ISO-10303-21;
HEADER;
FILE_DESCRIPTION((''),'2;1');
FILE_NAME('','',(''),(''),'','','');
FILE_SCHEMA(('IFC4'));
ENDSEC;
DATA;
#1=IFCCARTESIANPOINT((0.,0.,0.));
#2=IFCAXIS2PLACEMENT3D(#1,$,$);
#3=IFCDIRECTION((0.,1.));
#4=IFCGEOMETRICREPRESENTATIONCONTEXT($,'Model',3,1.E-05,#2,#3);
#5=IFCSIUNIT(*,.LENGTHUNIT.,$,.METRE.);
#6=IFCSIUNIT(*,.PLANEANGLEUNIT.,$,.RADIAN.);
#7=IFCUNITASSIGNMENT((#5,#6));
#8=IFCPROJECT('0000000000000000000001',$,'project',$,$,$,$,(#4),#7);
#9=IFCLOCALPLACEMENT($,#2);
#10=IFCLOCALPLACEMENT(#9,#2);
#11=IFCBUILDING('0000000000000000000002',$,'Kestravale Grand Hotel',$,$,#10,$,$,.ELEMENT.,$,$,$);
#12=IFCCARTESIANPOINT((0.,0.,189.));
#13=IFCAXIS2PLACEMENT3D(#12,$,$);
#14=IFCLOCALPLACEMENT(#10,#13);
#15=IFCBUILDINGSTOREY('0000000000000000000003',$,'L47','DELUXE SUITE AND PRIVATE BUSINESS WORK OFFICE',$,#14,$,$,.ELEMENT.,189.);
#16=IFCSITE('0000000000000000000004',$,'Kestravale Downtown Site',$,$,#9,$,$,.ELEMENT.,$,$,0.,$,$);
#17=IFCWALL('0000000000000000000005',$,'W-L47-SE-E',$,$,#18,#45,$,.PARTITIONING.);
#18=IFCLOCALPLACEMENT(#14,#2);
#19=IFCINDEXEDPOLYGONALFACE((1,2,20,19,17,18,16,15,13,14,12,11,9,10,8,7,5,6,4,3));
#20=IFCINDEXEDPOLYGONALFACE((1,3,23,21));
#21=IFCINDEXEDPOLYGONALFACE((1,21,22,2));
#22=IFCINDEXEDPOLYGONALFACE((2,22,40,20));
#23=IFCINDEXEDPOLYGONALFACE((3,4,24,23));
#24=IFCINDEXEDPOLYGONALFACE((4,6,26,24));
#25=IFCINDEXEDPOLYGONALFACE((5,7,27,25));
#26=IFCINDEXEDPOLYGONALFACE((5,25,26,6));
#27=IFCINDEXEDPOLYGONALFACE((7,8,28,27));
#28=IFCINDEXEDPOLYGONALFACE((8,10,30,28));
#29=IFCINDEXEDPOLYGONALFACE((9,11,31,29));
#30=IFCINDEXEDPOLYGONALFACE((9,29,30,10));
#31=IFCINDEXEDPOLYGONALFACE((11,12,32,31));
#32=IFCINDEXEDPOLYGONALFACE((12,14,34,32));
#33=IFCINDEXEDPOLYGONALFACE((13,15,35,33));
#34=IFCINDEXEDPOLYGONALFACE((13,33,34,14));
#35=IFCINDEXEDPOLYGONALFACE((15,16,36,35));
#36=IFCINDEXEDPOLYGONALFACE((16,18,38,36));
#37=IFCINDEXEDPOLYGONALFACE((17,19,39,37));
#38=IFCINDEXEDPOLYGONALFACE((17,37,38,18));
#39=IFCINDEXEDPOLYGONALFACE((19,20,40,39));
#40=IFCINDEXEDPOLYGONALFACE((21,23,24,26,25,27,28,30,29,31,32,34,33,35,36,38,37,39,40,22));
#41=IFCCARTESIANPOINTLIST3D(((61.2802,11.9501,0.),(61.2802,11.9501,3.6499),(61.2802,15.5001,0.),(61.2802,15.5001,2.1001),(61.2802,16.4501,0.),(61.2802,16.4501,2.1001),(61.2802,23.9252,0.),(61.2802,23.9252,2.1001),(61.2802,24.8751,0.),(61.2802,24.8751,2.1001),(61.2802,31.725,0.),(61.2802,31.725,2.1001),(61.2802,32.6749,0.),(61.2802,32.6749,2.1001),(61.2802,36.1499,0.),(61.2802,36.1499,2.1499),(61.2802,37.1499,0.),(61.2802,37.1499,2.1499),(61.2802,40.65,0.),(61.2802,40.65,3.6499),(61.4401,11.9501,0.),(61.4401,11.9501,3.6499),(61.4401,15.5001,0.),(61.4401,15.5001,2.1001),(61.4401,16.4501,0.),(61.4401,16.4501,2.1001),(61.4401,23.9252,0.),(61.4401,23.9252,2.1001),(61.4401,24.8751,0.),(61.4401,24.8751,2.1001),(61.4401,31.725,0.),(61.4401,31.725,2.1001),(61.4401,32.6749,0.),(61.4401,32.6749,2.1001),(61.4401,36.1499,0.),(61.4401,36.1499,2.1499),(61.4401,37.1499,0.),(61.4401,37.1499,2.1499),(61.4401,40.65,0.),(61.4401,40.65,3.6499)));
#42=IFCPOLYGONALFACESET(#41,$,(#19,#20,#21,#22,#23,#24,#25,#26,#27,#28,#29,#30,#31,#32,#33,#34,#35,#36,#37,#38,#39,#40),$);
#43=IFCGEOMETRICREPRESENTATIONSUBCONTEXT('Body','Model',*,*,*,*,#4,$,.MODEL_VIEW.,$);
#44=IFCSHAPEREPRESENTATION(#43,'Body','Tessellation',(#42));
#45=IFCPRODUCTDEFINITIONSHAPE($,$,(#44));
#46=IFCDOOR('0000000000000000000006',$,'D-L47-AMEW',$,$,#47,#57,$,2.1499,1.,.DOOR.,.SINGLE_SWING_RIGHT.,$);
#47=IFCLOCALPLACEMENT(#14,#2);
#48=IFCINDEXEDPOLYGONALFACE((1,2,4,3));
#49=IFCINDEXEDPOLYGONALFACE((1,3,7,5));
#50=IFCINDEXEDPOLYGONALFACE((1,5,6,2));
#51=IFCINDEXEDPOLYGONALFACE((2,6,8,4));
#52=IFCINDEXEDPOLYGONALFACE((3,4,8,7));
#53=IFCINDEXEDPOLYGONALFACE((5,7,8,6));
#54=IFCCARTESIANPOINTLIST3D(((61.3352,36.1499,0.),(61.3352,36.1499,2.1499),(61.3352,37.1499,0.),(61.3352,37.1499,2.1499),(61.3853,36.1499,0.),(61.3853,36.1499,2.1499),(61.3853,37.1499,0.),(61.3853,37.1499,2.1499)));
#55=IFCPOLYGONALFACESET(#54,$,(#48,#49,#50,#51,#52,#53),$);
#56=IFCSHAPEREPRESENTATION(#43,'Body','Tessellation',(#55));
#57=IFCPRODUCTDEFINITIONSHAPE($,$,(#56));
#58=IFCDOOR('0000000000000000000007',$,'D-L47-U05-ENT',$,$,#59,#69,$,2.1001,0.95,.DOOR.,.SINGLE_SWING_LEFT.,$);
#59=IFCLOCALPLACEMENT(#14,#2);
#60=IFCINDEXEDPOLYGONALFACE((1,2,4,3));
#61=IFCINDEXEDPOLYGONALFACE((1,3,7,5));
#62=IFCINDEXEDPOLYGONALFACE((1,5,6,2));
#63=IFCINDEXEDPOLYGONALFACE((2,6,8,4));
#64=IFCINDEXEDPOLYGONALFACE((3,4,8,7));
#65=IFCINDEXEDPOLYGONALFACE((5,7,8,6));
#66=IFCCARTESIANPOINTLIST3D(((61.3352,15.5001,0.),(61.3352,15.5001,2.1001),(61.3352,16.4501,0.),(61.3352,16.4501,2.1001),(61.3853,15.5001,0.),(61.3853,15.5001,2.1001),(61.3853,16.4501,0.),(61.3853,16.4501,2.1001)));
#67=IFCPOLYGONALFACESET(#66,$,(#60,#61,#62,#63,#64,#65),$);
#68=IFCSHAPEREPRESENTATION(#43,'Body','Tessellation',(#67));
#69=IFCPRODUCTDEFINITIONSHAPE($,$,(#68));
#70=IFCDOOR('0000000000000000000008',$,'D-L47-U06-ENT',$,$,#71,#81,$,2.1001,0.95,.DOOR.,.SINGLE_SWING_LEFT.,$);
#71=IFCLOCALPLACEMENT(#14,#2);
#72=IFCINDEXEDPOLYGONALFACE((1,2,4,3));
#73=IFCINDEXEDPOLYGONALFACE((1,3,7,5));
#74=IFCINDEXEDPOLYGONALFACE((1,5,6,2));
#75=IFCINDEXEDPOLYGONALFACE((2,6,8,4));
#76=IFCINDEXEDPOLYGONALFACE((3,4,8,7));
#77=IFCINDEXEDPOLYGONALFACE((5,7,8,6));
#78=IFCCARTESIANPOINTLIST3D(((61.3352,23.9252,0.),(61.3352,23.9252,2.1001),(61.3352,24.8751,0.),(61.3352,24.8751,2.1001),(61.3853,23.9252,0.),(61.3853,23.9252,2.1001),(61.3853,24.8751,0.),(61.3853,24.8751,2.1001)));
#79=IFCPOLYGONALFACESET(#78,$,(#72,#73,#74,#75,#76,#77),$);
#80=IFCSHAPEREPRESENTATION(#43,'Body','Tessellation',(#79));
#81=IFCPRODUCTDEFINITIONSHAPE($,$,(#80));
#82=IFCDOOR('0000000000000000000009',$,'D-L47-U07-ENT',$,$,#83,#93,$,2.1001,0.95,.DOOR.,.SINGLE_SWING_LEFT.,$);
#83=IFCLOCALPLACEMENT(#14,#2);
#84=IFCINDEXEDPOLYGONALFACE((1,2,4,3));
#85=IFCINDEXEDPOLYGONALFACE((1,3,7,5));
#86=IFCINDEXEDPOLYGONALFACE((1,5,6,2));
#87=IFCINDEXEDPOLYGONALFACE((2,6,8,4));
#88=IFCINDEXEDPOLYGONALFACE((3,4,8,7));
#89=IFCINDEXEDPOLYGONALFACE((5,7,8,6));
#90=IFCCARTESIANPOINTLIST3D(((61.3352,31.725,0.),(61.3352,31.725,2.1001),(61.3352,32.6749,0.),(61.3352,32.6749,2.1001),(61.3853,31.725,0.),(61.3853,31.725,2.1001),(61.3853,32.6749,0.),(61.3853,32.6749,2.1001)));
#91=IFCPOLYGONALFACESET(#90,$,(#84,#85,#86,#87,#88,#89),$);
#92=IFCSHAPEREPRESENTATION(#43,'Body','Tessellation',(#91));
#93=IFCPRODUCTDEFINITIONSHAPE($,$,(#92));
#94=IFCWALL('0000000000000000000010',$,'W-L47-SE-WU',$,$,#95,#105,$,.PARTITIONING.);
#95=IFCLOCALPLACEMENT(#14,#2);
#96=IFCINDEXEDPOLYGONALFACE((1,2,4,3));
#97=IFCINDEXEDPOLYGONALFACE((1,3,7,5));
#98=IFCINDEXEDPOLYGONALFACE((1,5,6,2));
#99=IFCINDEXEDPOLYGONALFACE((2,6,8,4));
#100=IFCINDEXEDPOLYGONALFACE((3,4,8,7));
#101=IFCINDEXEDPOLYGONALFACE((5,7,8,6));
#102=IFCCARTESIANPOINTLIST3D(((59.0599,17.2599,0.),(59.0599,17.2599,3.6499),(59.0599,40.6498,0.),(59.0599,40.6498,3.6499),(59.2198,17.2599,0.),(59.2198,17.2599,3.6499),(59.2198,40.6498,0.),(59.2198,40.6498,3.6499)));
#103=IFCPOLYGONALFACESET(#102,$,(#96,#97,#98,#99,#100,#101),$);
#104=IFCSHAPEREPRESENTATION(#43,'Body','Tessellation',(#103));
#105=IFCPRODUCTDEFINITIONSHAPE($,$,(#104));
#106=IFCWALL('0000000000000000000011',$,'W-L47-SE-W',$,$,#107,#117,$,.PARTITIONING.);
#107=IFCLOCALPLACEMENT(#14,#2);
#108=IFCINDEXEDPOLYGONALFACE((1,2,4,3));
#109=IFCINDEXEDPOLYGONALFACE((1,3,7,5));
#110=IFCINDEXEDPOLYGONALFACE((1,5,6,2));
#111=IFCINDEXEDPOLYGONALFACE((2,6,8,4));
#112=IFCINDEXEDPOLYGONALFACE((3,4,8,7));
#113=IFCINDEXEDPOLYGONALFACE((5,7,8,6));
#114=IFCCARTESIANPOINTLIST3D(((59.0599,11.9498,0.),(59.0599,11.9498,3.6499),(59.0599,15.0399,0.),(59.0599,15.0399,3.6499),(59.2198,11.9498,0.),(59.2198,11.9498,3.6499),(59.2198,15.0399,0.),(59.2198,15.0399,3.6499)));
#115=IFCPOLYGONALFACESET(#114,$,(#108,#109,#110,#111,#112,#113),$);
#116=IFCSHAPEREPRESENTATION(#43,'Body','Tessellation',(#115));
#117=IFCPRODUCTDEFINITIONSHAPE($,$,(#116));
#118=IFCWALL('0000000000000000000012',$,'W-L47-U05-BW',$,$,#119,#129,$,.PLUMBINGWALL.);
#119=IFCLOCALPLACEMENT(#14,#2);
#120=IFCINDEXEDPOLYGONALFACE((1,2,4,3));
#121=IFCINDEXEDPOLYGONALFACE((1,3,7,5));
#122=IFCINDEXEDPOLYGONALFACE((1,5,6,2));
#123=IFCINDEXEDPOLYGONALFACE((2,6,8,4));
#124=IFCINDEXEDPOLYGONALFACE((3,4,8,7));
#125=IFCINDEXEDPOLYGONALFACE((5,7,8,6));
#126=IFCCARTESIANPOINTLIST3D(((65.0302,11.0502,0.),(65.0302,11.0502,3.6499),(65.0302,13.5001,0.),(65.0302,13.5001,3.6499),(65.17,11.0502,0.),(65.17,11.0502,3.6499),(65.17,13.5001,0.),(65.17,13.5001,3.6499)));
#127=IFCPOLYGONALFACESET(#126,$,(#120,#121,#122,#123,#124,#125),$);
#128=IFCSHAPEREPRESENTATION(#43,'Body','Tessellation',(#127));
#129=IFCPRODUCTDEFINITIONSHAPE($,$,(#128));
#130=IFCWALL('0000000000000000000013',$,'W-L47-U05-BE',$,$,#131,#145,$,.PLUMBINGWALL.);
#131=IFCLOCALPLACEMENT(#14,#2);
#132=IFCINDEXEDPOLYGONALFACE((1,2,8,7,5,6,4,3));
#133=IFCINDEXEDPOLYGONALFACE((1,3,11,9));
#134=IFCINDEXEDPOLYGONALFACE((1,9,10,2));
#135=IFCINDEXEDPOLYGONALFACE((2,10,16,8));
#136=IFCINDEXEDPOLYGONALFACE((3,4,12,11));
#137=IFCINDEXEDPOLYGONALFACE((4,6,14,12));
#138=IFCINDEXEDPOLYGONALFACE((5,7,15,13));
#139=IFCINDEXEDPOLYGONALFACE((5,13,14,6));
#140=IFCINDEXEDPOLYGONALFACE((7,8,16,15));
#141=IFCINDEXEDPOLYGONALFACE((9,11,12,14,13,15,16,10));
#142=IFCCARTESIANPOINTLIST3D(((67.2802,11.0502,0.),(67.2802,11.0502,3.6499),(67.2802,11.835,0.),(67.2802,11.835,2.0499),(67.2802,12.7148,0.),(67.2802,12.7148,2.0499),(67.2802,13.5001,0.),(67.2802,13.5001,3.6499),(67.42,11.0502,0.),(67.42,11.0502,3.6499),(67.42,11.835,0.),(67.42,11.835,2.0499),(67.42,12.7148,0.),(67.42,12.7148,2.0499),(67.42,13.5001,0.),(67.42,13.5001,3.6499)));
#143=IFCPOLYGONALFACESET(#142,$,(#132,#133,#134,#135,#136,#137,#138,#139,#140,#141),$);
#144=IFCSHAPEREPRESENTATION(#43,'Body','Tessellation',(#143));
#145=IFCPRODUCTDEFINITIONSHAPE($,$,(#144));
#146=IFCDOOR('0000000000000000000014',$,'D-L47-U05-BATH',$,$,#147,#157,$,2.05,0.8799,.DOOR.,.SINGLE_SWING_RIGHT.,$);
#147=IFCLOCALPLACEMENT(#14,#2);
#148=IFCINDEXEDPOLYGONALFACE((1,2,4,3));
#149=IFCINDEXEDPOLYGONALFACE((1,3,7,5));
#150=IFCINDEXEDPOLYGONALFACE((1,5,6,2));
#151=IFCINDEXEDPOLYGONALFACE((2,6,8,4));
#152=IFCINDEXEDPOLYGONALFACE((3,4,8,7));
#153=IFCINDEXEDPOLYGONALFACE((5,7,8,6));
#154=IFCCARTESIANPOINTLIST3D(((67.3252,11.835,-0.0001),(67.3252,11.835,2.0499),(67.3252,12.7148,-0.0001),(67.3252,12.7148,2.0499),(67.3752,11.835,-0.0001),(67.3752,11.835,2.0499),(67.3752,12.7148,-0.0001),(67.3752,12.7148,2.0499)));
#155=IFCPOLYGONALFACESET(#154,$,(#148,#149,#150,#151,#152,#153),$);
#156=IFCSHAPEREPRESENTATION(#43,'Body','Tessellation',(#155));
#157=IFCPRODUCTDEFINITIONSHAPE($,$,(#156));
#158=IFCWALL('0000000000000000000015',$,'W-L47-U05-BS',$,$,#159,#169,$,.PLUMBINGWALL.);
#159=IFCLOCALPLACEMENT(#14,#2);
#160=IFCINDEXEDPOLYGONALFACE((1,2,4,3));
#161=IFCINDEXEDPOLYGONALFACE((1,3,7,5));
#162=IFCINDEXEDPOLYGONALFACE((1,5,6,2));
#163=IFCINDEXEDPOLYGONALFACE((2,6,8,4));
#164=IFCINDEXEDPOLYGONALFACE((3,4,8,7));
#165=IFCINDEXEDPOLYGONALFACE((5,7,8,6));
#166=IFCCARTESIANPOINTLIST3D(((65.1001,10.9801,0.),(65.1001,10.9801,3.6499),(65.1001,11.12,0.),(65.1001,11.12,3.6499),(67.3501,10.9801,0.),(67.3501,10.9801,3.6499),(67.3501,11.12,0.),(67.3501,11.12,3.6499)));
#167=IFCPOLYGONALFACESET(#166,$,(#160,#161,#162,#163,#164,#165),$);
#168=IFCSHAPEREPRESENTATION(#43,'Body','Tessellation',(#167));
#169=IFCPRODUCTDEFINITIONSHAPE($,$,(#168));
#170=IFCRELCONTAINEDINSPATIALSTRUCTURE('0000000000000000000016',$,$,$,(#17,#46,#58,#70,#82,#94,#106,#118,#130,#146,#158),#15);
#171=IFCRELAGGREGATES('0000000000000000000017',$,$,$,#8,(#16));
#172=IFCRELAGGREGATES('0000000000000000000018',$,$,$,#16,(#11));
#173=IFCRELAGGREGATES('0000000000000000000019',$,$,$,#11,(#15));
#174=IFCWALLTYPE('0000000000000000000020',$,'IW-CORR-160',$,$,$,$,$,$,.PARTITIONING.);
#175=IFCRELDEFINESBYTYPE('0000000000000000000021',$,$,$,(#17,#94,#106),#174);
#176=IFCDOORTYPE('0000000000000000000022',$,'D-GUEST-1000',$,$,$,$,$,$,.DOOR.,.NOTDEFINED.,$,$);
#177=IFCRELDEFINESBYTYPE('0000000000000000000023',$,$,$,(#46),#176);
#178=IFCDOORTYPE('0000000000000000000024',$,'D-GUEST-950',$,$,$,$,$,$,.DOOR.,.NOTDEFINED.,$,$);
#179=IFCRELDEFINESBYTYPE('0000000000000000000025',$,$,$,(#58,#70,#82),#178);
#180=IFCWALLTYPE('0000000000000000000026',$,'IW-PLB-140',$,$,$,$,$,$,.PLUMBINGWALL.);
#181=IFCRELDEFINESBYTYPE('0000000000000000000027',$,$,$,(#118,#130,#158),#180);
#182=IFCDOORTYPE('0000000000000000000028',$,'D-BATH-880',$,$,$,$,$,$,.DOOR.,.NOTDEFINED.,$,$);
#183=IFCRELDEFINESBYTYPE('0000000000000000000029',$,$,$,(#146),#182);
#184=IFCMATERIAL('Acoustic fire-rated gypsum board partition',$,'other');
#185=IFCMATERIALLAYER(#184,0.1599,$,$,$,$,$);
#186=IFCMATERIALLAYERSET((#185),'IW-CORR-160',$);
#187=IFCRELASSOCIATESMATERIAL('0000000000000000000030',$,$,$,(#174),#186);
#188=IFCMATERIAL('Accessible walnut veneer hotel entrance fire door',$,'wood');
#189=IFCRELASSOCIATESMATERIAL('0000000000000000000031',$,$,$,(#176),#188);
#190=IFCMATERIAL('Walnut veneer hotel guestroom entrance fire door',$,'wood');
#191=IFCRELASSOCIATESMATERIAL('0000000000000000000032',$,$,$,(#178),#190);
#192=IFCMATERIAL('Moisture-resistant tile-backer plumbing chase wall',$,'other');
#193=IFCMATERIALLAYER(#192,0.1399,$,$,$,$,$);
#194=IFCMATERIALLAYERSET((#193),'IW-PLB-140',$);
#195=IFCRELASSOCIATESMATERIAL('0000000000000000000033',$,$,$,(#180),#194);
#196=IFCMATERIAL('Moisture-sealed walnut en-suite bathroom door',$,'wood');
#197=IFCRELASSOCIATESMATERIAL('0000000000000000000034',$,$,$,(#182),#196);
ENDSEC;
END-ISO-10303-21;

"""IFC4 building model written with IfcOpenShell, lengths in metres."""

from ifc_helpers import new_model, si_unit, direction, frame, frame_2d, origin, place, context, subcontext, project, spatial, rectangle, extrude, material, layer, layer_set, type_object, element, fill, save


model = new_model("IFC4")

# Units and contexts
model_context = context("Model", 3, precision=1e-05, world=origin(), true_north=direction((0.0, 1.0)))
body_context = subcontext(model_context, "Body", "Model", "MODEL_VIEW")
ifc_project = project(units=[si_unit("LENGTHUNIT", "METRE"), si_unit("PLANEANGLEUNIT", "RADIAN")], contexts=[model_context])

# Site, building, storey
site_placement = place(None, origin())
site = spatial("IfcSite", under=ifc_project, at=site_placement, Name="Kestravale Downtown Site", CompositionType="ELEMENT", RefElevation=0.0)
building_placement = place(site_placement, origin())
building = spatial("IfcBuilding", under=site, at=building_placement, Name="Kestravale Grand Hotel", CompositionType="ELEMENT")
storey_placement = place(building_placement, frame((0.0, 0.0, 189.0)))
storey = spatial("IfcBuildingStorey", under=building, at=storey_placement, Name="L47", Description="DELUXE SUITE AND PRIVATE BUSINESS WORK OFFICE", CompositionType="ELEMENT", Elevation=189.0)

# Wall, openings, doors
ifc_material_1 = material(Name="Acoustic fire-rated gypsum board partition", Category="other")
ifc_layer_1 = layer(ifc_material_1, 0.1599)
ifc_layer_set_1 = layer_set([ifc_layer_1], Name="IW-CORR-160")
wall_type_1 = type_object("IfcWallType", Name="IW-CORR-160", PredefinedType="PARTITIONING", material=ifc_layer_set_1)
wall_1_placement = place(storey_placement, frame((61.3601, 11.95, 0.0), z_axis=(0.0, 0.0, 1.0), x_axis=(0.0, 1.0, 0.0)))
wall_1 = element("IfcWall", 1, at=wall_1_placement, inside=storey, type_object=wall_type_1, Name="W-L47-SE-E", PredefinedType="PARTITIONING", context=body_context, shape_type="SweptSolid", body=[
    extrude(rectangle(XDim=28.7, YDim=0.1599, at=frame_2d((14.3501, 0.0))), origin(), (0.0, 0.0, 1.0), 3.6499),
])
opening_1_placement = place(wall_1_placement, frame((3.55, 0.0, 0.0)))
opening_1 = element("IfcOpeningElement", 2, at=opening_1_placement, cuts=wall_1, PredefinedType="OPENING", context=body_context, shape_type="SweptSolid", body=[
    extrude(rectangle(XDim=0.95, YDim=2.1001, at=frame_2d((0.4751, 1.05))), frame((0.0, 0.0898, 0.0), z_axis=(0.0, -1.0, 0.0), x_axis=(1.0, 0.0, 0.0)), (0.0, 0.0, 1.0), 0.1799),
])
opening_2_placement = place(wall_1_placement, frame((11.9751, 0.0, 0.0)))
opening_2 = element("IfcOpeningElement", 3, at=opening_2_placement, cuts=wall_1, PredefinedType="OPENING", context=body_context, shape_type="SweptSolid", body=[
    extrude(rectangle(XDim=0.95, YDim=2.1001, at=frame_2d((0.4751, 1.05))), frame((0.0, 0.0898, 0.0), z_axis=(0.0, -1.0, 0.0), x_axis=(1.0, 0.0, 0.0)), (0.0, 0.0, 1.0), 0.1799),
])
opening_3_placement = place(wall_1_placement, frame((19.7749, 0.0, 0.0)))
opening_3 = element("IfcOpeningElement", 4, at=opening_3_placement, cuts=wall_1, PredefinedType="OPENING", context=body_context, shape_type="SweptSolid", body=[
    extrude(rectangle(XDim=0.95, YDim=2.1001, at=frame_2d((0.4751, 1.05))), frame((0.0, 0.0898, 0.0), z_axis=(0.0, -1.0, 0.0), x_axis=(1.0, 0.0, 0.0)), (0.0, 0.0, 1.0), 0.1799),
])
opening_4_placement = place(wall_1_placement, frame((24.2, 0.0, 0.0)))
opening_4 = element("IfcOpeningElement", 5, at=opening_4_placement, cuts=wall_1, PredefinedType="OPENING", context=body_context, shape_type="SweptSolid", body=[
    extrude(rectangle(XDim=1.0, YDim=2.1499, at=frame_2d((0.5, 1.075))), frame((0.0, 0.0898, 0.0), z_axis=(0.0, -1.0, 0.0), x_axis=(1.0, 0.0, 0.0)), (0.0, 0.0, 1.0), 0.1799),
])
ifc_material_2 = material(Name="Accessible walnut veneer hotel entrance fire door", Category="wood")
door_type_1 = type_object("IfcDoorType", Name="D-GUEST-1000", OperationType="NOTDEFINED", PredefinedType="DOOR", material=ifc_material_2)
door_1_placement = place(opening_4_placement, origin())
door_1 = element("IfcDoor", 6, at=door_1_placement, inside=storey, type_object=door_type_1, Name="D-L47-AMEW", OperationType="SINGLE_SWING_RIGHT", OverallHeight=2.1499, OverallWidth=1.0, PredefinedType="DOOR", context=body_context, shape_type="SweptSolid", body=[
    extrude(rectangle(XDim=1.0, YDim=2.1499, at=frame_2d((0.5, 1.075))), frame((0.0, 0.0249, 0.0), z_axis=(0.0, -1.0, 0.0), x_axis=(1.0, 0.0, 0.0)), (0.0, 0.0, 1.0), 0.05),
])
fill(opening_4, door_1)
ifc_material_3 = material(Name="Walnut veneer hotel guestroom entrance fire door", Category="wood")
door_type_2 = type_object("IfcDoorType", Name="D-GUEST-950", OperationType="NOTDEFINED", PredefinedType="DOOR", material=ifc_material_3)
door_2_placement = place(opening_1_placement, origin())
door_2 = element("IfcDoor", 7, at=door_2_placement, inside=storey, type_object=door_type_2, Name="D-L47-U05-ENT", OperationType="SINGLE_SWING_LEFT", OverallHeight=2.1001, OverallWidth=0.95, PredefinedType="DOOR", context=body_context, shape_type="SweptSolid", body=[
    extrude(rectangle(XDim=0.95, YDim=2.1001, at=frame_2d((0.4751, 1.05))), frame((0.0, 0.0249, 0.0), z_axis=(0.0, -1.0, 0.0), x_axis=(1.0, 0.0, 0.0)), (0.0, 0.0, 1.0), 0.05),
])
fill(opening_1, door_2)
door_3_placement = place(opening_2_placement, origin())
door_3 = element("IfcDoor", 8, at=door_3_placement, inside=storey, type_object=door_type_2, Name="D-L47-U06-ENT", OperationType="SINGLE_SWING_LEFT", OverallHeight=2.1001, OverallWidth=0.95, PredefinedType="DOOR", context=body_context, shape_type="SweptSolid", body=[
    extrude(rectangle(XDim=0.95, YDim=2.1001, at=frame_2d((0.4751, 1.05))), frame((0.0, 0.0249, 0.0), z_axis=(0.0, -1.0, 0.0), x_axis=(1.0, 0.0, 0.0)), (0.0, 0.0, 1.0), 0.05),
])
fill(opening_2, door_3)
door_4_placement = place(opening_3_placement, origin())
door_4 = element("IfcDoor", 9, at=door_4_placement, inside=storey, type_object=door_type_2, Name="D-L47-U07-ENT", OperationType="SINGLE_SWING_LEFT", OverallHeight=2.1001, OverallWidth=0.95, PredefinedType="DOOR", context=body_context, shape_type="SweptSolid", body=[
    extrude(rectangle(XDim=0.95, YDim=2.1001, at=frame_2d((0.4751, 1.05))), frame((0.0, 0.0249, 0.0), z_axis=(0.0, -1.0, 0.0), x_axis=(1.0, 0.0, 0.0)), (0.0, 0.0, 1.0), 0.05),
])
fill(opening_3, door_4)

# Walls
wall_2_placement = place(storey_placement, frame((59.1399, 17.26, 0.0), z_axis=(0.0, 0.0, 1.0), x_axis=(0.0, 1.0, 0.0)))
element("IfcWall", 10, at=wall_2_placement, inside=storey, type_object=wall_type_1, Name="W-L47-SE-WU", PredefinedType="PARTITIONING", context=body_context, shape_type="SweptSolid", body=[
    extrude(rectangle(XDim=23.3899, YDim=0.1599, at=frame_2d((11.6948, 0.0))), origin(), (0.0, 0.0, 1.0), 3.6499),
])
wall_3_placement = place(storey_placement, frame((59.1399, 11.95, 0.0), z_axis=(0.0, 0.0, 1.0), x_axis=(0.0, 1.0, 0.0)))
element("IfcWall", 11, at=wall_3_placement, inside=storey, type_object=wall_type_1, Name="W-L47-SE-W", PredefinedType="PARTITIONING", context=body_context, shape_type="SweptSolid", body=[
    extrude(rectangle(XDim=3.0901, YDim=0.1599, at=frame_2d((1.5449, 0.0))), origin(), (0.0, 0.0, 1.0), 3.6499),
])
ifc_material_4 = material(Name="Moisture-resistant tile-backer plumbing chase wall", Category="other")
ifc_layer_2 = layer(ifc_material_4, 0.1399)
ifc_layer_set_2 = layer_set([ifc_layer_2], Name="IW-PLB-140")
wall_type_2 = type_object("IfcWallType", Name="IW-PLB-140", PredefinedType="PLUMBINGWALL", material=ifc_layer_set_2)
wall_4_placement = place(storey_placement, frame((65.1001, 11.05, 0.0), z_axis=(0.0, 0.0, 1.0), x_axis=(0.0, 1.0, 0.0)))
element("IfcWall", 12, at=wall_4_placement, inside=storey, type_object=wall_type_2, Name="W-L47-U05-BW", PredefinedType="PLUMBINGWALL", context=body_context, shape_type="SweptSolid", body=[
    extrude(rectangle(XDim=2.45, YDim=0.1399, at=frame_2d((1.2251, 0.0))), origin(), (0.0, 0.0, 1.0), 3.6499),
])

# Wall, opening, door
wall_5_placement = place(storey_placement, frame((67.3501, 11.05, 0.0), z_axis=(0.0, 0.0, 1.0), x_axis=(0.0, 1.0, 0.0)))
wall_5 = element("IfcWall", 13, at=wall_5_placement, inside=storey, type_object=wall_type_2, Name="W-L47-U05-BE", PredefinedType="PLUMBINGWALL", context=body_context, shape_type="SweptSolid", body=[
    extrude(rectangle(XDim=2.45, YDim=0.1399, at=frame_2d((1.2251, 0.0))), origin(), (0.0, 0.0, 1.0), 3.6499),
])
opening_5_placement = place(wall_5_placement, frame((0.7849, 0.0, 0.0)))
opening_5 = element("IfcOpeningElement", 14, at=opening_5_placement, cuts=wall_5, PredefinedType="OPENING", context=body_context, shape_type="SweptSolid", body=[
    extrude(rectangle(XDim=0.8799, YDim=2.05, at=frame_2d((0.4399, 1.0249))), frame((0.0, 0.0798, 0.0), z_axis=(0.0, -1.0, 0.0), x_axis=(1.0, 0.0, 0.0)), (0.0, 0.0, 1.0), 0.1599),
])
ifc_material_5 = material(Name="Moisture-sealed walnut en-suite bathroom door", Category="wood")
door_type_3 = type_object("IfcDoorType", Name="D-BATH-880", OperationType="NOTDEFINED", PredefinedType="DOOR", material=ifc_material_5)
door_5_placement = place(opening_5_placement, origin())
door_5 = element("IfcDoor", 15, at=door_5_placement, inside=storey, type_object=door_type_3, Name="D-L47-U05-BATH", OperationType="SINGLE_SWING_RIGHT", OverallHeight=2.05, OverallWidth=0.8799, PredefinedType="DOOR", context=body_context, shape_type="SweptSolid", body=[
    extrude(rectangle(XDim=0.8799, YDim=2.05, at=frame_2d((0.4399, 1.0249))), frame((0.0, 0.0249, 0.0), z_axis=(0.0, -1.0, 0.0), x_axis=(1.0, 0.0, 0.0)), (0.0, 0.0, 1.0), 0.05),
])
fill(opening_5, door_5)

# Wall
for number, where, z_axis, x_axis, name in (
    (16, (65.1001, 11.05, 0.0), (0.0, 0.0, 1.0), (1.0, 0.0, 0.0), "W-L47-U05-BS"),
):
    element("IfcWall", number, at=place(storey_placement, frame(where, z_axis=z_axis, x_axis=x_axis)), inside=storey, type_object=wall_type_2, Name=name, PredefinedType="PLUMBINGWALL", context=body_context, shape_type="SweptSolid", body=[
        extrude(rectangle(XDim=2.25, YDim=0.1399, at=frame_2d((1.125, 0.0))), origin(), (0.0, 0.0, 1.0), 3.6499),
    ])

save(model, "model.ifc")
